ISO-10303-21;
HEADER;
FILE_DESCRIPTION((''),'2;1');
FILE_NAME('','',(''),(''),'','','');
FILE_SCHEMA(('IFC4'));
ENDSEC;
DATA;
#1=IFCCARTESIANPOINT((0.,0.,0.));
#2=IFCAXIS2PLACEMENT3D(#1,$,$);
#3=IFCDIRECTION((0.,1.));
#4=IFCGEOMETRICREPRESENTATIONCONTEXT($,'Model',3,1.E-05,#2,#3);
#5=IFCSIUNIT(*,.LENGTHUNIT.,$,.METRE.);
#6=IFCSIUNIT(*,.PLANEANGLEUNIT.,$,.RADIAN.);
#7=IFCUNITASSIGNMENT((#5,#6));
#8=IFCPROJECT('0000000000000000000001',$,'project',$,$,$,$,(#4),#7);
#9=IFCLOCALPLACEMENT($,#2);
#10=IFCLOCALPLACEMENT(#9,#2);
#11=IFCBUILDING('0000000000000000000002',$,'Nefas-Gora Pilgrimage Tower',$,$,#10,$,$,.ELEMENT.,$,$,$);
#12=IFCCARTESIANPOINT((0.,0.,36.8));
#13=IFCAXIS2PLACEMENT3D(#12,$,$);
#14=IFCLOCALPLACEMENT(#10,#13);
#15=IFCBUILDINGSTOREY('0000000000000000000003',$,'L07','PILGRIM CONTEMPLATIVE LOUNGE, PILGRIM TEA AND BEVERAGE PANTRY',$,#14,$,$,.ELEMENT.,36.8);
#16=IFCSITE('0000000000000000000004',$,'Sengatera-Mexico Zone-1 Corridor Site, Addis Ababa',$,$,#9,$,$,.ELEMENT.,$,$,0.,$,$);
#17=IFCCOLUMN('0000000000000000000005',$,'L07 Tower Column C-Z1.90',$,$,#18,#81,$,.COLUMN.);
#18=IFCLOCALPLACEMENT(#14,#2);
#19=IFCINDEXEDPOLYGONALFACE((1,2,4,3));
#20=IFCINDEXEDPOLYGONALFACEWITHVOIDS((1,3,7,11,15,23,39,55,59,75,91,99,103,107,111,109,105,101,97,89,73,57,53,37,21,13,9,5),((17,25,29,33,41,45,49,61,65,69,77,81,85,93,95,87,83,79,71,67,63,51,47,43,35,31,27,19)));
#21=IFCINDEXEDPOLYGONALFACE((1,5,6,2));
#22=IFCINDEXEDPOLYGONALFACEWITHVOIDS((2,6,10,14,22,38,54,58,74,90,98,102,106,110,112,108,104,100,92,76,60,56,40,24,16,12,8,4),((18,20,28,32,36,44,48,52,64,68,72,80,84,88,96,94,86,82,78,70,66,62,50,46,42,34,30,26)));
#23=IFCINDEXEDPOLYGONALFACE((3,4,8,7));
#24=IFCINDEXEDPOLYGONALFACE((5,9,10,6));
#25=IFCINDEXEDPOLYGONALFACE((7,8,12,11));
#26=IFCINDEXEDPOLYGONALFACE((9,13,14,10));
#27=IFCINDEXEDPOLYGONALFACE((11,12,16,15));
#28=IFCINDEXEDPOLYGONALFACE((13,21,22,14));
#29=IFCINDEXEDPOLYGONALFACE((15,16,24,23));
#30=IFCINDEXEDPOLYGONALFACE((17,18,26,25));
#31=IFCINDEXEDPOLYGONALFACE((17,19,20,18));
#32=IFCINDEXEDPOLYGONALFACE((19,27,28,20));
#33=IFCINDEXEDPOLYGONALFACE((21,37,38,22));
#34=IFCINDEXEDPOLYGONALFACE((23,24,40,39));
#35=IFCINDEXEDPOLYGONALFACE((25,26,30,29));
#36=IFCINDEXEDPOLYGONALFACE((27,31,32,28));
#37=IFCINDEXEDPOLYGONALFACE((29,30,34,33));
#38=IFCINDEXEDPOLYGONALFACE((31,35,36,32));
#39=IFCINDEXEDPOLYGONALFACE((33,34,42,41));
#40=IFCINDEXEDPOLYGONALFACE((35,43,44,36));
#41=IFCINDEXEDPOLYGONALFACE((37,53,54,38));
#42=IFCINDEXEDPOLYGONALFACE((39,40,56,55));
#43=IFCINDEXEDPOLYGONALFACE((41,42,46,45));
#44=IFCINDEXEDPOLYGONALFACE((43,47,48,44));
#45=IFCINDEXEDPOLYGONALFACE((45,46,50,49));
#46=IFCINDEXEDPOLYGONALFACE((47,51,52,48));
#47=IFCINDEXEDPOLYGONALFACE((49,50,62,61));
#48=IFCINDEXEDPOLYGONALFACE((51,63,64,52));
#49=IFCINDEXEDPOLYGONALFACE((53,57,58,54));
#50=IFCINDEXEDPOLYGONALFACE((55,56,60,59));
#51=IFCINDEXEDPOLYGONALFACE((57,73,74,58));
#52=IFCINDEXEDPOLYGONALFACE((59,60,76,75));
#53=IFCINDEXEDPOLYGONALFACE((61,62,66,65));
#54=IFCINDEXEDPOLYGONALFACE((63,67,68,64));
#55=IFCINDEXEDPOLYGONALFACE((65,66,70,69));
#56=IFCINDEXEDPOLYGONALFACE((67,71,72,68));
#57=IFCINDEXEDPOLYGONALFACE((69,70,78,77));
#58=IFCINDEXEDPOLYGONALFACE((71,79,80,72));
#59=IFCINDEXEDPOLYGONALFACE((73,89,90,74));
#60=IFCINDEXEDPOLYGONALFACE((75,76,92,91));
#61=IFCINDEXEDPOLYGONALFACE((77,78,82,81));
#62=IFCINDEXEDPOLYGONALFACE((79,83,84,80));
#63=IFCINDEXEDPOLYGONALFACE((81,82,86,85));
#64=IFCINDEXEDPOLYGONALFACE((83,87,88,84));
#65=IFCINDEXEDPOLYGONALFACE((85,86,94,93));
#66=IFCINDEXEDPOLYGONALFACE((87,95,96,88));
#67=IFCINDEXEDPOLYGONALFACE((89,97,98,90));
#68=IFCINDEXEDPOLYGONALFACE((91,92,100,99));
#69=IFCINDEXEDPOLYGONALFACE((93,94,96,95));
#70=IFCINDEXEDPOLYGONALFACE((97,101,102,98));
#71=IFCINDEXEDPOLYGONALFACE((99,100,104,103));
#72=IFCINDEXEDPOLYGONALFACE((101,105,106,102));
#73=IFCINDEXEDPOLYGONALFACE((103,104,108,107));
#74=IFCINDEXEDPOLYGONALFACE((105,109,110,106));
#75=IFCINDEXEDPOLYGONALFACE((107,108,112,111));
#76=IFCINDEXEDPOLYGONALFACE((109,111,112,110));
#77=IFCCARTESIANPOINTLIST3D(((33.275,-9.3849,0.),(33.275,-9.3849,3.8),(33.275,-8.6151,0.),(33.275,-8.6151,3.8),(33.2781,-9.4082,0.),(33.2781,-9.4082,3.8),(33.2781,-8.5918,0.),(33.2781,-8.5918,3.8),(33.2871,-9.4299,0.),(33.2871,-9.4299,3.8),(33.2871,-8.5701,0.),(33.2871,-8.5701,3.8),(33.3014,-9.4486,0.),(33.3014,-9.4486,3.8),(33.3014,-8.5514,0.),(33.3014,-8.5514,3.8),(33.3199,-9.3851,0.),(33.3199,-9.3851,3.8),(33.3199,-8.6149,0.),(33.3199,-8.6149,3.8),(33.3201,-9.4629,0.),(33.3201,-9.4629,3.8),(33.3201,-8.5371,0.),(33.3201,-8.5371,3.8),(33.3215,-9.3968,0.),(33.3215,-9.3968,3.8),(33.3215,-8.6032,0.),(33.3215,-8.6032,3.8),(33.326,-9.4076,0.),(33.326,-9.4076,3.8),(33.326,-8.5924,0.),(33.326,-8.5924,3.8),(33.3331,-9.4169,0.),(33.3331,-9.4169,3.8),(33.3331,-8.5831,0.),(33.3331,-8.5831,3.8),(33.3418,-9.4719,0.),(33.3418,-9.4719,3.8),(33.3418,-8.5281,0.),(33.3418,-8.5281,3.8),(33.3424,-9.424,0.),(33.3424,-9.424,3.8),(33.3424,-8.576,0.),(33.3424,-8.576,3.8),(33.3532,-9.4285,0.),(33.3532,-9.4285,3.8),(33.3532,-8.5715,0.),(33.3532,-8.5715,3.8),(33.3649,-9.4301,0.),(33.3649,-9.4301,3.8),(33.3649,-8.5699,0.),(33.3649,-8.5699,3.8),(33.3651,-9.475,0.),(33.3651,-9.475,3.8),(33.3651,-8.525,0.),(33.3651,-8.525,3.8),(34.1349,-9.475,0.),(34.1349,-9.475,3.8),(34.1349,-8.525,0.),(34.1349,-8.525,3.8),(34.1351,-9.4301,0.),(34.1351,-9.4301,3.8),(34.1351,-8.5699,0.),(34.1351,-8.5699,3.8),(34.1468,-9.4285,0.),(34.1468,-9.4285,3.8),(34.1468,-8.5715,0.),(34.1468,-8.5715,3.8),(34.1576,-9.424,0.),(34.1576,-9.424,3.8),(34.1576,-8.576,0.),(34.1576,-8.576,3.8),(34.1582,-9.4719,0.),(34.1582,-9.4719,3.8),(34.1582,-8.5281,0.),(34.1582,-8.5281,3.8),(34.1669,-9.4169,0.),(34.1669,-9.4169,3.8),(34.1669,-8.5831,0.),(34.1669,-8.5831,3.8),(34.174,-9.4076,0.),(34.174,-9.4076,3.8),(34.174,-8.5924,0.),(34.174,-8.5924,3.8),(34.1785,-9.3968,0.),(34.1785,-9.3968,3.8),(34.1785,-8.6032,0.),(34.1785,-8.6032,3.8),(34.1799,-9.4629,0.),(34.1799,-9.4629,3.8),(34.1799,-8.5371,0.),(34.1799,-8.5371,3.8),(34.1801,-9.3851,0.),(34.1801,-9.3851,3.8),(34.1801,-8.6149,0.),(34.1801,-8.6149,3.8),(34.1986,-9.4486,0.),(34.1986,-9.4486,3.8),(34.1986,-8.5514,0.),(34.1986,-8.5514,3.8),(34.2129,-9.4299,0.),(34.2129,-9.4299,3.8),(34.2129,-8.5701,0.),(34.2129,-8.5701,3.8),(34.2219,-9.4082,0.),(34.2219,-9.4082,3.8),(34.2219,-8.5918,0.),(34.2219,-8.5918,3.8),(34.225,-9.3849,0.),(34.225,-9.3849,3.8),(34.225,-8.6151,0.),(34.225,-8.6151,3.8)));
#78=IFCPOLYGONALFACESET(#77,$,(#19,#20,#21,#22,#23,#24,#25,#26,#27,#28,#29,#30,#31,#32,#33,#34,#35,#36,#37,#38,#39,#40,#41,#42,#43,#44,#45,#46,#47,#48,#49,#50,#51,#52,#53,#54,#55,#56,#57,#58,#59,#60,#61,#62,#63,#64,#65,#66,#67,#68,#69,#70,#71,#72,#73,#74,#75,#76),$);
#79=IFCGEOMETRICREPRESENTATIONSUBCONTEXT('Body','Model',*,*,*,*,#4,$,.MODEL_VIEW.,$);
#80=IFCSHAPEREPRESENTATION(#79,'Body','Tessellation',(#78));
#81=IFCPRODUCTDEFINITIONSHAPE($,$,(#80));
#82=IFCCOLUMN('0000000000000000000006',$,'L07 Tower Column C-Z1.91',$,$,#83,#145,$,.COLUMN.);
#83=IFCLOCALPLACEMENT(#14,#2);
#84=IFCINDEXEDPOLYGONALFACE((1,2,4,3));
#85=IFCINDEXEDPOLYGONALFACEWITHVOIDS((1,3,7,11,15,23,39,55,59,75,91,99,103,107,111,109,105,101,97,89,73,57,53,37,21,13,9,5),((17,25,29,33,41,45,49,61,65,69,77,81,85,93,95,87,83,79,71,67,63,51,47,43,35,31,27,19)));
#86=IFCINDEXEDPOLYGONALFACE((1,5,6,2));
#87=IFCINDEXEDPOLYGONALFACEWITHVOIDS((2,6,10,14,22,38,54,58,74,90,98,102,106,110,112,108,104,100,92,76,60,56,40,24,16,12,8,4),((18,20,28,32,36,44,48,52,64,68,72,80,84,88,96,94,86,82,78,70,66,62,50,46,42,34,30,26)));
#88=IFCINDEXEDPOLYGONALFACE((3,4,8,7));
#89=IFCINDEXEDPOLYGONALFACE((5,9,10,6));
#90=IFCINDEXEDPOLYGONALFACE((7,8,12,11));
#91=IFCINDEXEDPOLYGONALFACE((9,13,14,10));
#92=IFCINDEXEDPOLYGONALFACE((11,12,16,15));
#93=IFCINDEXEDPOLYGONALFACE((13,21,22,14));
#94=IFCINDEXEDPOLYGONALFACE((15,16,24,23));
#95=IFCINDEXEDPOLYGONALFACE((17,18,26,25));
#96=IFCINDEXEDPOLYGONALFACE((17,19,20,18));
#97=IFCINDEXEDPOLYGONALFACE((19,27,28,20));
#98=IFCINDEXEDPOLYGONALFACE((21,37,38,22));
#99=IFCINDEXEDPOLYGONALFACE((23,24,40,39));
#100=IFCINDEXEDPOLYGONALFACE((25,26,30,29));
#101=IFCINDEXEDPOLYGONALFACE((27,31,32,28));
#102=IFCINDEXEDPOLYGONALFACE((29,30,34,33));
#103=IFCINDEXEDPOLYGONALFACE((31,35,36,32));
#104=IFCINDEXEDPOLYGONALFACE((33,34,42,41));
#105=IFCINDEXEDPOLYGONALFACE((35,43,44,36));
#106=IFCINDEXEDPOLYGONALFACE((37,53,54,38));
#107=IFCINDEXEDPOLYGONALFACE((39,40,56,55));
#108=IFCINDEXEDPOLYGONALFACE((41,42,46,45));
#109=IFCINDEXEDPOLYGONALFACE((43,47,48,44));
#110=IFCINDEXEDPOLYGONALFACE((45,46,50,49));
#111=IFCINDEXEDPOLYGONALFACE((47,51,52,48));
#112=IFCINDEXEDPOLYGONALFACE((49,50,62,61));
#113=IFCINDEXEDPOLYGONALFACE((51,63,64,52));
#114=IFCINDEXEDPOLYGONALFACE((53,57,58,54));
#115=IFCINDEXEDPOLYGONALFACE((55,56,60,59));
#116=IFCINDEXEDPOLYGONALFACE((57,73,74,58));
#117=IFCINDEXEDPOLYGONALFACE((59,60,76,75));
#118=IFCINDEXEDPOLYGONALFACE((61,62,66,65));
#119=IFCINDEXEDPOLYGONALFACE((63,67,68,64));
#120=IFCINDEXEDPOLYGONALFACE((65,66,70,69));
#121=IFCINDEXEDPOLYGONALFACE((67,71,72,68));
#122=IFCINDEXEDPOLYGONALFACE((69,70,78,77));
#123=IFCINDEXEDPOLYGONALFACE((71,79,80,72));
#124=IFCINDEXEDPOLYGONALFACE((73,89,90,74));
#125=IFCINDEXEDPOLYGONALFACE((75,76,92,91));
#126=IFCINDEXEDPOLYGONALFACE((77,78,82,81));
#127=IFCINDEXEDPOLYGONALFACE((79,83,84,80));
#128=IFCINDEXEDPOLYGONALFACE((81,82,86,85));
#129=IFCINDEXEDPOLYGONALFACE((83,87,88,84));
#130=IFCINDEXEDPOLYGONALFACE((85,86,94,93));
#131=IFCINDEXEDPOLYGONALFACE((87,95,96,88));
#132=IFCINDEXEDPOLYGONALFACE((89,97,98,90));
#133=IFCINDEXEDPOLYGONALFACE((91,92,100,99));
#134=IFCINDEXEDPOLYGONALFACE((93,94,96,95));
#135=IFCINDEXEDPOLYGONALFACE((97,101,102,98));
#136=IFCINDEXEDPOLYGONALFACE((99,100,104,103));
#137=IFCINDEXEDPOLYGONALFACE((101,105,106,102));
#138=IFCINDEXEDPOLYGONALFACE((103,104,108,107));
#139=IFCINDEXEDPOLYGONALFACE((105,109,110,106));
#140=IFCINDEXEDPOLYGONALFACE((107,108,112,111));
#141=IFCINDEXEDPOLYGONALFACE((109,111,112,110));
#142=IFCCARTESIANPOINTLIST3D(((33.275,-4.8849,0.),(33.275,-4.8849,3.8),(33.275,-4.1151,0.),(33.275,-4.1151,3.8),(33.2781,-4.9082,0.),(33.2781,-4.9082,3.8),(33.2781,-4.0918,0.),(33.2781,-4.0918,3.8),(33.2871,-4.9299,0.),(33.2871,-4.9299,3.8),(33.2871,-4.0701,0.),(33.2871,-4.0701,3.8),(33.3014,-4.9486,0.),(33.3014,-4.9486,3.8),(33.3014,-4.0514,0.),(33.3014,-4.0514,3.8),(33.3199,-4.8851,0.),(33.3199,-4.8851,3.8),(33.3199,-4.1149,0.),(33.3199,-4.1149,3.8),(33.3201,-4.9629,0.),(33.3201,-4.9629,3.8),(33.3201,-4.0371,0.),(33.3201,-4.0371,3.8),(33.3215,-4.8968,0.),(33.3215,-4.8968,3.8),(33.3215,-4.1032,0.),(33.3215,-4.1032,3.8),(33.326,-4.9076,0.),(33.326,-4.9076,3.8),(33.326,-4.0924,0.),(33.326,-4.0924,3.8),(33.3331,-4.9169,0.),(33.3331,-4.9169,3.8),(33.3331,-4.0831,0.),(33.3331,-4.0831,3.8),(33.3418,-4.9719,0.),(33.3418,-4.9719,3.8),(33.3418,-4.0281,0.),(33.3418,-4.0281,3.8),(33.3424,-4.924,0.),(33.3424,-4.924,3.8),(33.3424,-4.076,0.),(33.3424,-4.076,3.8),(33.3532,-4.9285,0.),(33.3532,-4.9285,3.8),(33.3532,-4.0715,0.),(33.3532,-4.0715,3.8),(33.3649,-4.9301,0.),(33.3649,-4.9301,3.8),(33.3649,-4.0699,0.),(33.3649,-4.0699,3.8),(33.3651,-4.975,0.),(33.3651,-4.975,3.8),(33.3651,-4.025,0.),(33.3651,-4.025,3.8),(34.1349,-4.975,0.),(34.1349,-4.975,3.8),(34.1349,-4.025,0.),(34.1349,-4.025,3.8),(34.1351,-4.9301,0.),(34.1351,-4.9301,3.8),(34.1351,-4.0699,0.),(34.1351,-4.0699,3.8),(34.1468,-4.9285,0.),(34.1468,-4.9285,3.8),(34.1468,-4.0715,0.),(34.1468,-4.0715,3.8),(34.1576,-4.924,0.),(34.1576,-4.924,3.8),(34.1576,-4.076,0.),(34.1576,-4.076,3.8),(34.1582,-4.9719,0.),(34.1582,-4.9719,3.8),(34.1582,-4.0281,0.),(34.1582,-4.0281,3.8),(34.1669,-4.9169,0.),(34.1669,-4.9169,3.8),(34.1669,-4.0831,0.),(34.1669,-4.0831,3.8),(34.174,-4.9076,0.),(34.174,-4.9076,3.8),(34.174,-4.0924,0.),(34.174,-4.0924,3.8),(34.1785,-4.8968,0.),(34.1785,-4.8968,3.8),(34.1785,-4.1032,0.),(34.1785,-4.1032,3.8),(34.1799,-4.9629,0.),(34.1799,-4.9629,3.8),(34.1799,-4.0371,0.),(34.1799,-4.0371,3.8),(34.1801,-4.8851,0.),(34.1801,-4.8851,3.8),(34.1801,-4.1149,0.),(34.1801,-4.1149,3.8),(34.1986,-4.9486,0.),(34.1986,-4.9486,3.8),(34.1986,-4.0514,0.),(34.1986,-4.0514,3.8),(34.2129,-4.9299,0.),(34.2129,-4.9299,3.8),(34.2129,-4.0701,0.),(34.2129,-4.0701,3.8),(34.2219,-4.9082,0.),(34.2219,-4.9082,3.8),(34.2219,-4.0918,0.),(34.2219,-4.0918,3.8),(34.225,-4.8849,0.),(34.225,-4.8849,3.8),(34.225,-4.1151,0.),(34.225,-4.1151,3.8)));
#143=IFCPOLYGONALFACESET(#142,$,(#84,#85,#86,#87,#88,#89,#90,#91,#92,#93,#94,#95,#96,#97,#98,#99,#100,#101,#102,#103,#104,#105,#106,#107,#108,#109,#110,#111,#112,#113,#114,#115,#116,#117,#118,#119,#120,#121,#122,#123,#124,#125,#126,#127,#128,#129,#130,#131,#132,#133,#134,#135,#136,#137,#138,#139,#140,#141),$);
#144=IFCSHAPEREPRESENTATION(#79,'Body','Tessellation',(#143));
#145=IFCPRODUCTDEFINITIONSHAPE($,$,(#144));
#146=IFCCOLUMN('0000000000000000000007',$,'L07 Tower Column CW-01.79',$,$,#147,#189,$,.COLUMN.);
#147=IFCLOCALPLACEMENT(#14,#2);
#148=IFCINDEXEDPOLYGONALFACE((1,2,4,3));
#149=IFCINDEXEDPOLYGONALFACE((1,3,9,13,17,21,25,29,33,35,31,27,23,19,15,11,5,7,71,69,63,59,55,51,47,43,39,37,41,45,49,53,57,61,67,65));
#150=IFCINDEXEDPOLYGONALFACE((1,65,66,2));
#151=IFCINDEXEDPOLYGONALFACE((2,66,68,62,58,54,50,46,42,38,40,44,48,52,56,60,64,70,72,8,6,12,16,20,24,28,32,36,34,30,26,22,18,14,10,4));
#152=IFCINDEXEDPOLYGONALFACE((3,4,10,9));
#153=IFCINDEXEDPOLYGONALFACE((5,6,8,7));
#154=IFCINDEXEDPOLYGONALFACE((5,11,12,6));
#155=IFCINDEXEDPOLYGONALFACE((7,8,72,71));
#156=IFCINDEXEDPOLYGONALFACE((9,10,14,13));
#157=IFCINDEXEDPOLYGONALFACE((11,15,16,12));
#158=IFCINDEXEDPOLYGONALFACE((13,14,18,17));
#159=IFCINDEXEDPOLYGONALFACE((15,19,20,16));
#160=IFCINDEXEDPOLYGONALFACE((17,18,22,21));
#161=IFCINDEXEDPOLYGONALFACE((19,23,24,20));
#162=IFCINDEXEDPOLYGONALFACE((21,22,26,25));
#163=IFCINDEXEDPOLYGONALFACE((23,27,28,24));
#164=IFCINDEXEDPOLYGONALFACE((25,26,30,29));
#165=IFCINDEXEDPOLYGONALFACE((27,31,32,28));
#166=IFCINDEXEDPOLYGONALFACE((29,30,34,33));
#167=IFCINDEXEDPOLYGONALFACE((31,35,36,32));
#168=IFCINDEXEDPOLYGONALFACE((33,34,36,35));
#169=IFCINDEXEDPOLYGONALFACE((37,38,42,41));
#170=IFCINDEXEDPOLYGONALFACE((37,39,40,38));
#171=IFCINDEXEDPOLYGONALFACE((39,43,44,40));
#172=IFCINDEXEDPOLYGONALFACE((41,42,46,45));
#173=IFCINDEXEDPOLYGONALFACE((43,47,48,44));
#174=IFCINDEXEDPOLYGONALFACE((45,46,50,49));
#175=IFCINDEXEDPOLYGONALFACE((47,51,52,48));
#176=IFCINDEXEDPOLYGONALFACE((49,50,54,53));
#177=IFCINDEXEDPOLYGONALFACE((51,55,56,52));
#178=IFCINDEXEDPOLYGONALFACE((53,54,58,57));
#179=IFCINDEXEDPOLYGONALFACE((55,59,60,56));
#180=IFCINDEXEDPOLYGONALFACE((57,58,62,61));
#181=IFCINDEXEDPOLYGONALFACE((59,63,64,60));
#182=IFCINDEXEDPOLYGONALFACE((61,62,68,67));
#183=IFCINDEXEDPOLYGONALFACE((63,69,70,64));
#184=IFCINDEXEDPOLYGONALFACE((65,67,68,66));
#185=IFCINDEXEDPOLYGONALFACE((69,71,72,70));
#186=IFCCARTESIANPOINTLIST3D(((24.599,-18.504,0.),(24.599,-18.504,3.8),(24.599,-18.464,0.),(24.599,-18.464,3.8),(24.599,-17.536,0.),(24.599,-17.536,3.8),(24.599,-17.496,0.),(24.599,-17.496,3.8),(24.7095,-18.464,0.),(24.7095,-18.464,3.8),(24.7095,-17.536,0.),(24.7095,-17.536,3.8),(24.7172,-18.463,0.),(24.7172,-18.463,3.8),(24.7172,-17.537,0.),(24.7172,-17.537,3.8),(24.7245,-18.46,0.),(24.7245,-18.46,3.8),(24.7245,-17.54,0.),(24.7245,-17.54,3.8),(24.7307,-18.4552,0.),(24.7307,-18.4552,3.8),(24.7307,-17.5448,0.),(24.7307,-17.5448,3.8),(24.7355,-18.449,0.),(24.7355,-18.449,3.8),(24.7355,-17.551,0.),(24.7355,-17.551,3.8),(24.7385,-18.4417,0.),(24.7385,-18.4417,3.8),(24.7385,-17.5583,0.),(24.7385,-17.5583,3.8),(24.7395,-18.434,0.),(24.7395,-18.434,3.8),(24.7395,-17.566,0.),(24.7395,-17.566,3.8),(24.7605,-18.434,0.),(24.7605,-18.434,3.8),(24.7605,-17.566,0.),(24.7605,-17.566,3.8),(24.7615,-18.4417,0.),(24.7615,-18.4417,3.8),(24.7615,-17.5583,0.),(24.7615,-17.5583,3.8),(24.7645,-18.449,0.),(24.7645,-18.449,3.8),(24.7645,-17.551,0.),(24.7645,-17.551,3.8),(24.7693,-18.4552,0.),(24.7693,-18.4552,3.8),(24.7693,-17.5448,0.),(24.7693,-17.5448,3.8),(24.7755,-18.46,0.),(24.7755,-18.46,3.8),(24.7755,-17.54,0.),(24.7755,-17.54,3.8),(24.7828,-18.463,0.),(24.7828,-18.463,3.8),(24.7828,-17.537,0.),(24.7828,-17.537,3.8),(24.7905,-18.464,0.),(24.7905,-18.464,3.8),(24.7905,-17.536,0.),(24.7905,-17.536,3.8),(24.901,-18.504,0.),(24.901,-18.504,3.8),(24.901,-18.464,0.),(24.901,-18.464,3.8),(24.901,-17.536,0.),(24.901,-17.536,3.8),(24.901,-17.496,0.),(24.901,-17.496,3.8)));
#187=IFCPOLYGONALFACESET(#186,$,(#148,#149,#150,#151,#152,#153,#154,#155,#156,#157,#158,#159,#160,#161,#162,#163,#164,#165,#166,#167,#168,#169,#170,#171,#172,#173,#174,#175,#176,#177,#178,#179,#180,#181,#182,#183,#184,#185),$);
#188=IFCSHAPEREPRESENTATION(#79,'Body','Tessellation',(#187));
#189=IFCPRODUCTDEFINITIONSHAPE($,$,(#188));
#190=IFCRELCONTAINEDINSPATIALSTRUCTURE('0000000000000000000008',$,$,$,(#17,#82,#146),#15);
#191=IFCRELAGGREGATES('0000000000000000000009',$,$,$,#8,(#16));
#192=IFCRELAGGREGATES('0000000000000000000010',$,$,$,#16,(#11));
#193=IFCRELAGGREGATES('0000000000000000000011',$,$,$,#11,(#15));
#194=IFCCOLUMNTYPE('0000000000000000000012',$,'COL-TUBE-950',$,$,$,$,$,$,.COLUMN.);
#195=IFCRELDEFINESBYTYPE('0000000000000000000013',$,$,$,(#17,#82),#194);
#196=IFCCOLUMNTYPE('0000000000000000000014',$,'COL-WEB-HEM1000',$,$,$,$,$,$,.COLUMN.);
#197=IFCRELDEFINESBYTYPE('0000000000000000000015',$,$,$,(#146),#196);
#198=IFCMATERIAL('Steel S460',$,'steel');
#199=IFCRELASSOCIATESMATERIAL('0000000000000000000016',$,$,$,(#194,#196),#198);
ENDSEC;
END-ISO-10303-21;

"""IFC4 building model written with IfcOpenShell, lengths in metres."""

from ifc_helpers import new_model, si_unit, direction, frame, origin, origin_2d, place, context, subcontext, project, spatial, hollow_rectangle, i_section, extrude, source, transform, mapped, material, material_profile, profile_set, type_object, element, save


model = new_model("IFC4")

# Units and contexts
model_context = context("Model", 3, precision=1e-05, world=origin(), true_north=direction((0.0, 1.0)))
body_context = subcontext(model_context, "Body", "Model", "MODEL_VIEW")
ifc_project = project(units=[si_unit("LENGTHUNIT", "METRE"), si_unit("PLANEANGLEUNIT", "RADIAN")], contexts=[model_context])

# Site, building, storey
site_placement = place(None, origin())
site = spatial("IfcSite", under=ifc_project, at=site_placement, Name="Sengatera-Mexico Zone-1 Corridor Site, Addis Ababa", CompositionType="ELEMENT", RefElevation=0.0)
building_placement = place(site_placement, origin())
building = spatial("IfcBuilding", under=site, at=building_placement, Name="Nefas-Gora Pilgrimage Tower", CompositionType="ELEMENT")
storey_placement = place(building_placement, frame((0.0, 0.0, 36.8)))
storey = spatial("IfcBuildingStorey", under=building, at=storey_placement, Name="L07", Description="PILGRIM CONTEMPLATIVE LOUNGE, PILGRIM TEA AND BEVERAGE PANTRY", CompositionType="ELEMENT", Elevation=36.8)

# Columns
ifc_material_1 = material(Name="Steel S460", Category="steel")
ifc_material_profile_1 = material_profile(ifc_material_1, hollow_rectangle(XDim=0.95, YDim=0.95, WallThickness=0.0449, InnerFilletRadius=0.0449, OuterFilletRadius=0.0901, at=origin_2d()), Name="BOX 950x950x45")
ifc_profile_set_1 = profile_set([ifc_material_profile_1], Name="Steel S460")
column_type_1 = type_object("IfcColumnType", Name="COL-TUBE-950", PredefinedType="COLUMN", material=ifc_profile_set_1)
shared_shape_1 = source(origin(), body_context, "Body", "SweptSolid", [
    extrude(hollow_rectangle(XDim=0.95, YDim=0.95, WallThickness=0.0449, InnerFilletRadius=0.0449, OuterFilletRadius=0.0901, at=origin_2d()), origin(), (0.0, 0.0, 1.0), 3.8),
])
for number, where, z_axis, x_axis, name in (
    (1, (33.75, -9.0, 0.0), (0.0, 0.0, 1.0), (1.0, 0.0, 0.0), "L07 Tower Column C-Z1.90"),
    (2, (33.75, -4.5, 0.0), (0.0, 0.0, 1.0), (1.0, 0.0, 0.0), "L07 Tower Column C-Z1.91"),
):
    element("IfcColumn", number, at=place(storey_placement, frame(where, z_axis=z_axis, x_axis=x_axis)), inside=storey, type_object=column_type_1, Name=name, PredefinedType="COLUMN", context=body_context, shape_type="MappedRepresentation", body=[
        mapped(shared_shape_1, transform((0.0, 0.0, 0.0), x_axis=(1.0, 0.0, 0.0), y_axis=(0.0, 1.0, 0.0), z_axis=(0.0, 0.0, 1.0), scale=1.0)),
    ])
ifc_material_profile_2 = material_profile(ifc_material_1, i_section(OverallWidth=0.302, OverallDepth=1.0081, WebThickness=0.021, FlangeThickness=0.04, FilletRadius=0.03, at=origin_2d()), Name="HEM 1000")
ifc_profile_set_2 = profile_set([ifc_material_profile_2], Name="Steel S460")
column_type_2 = type_object("IfcColumnType", Name="COL-WEB-HEM1000", PredefinedType="COLUMN", material=ifc_profile_set_2)
shared_shape_2 = source(origin(), body_context, "Body", "SweptSolid", [
    extrude(i_section(OverallWidth=0.302, OverallDepth=1.0081, WebThickness=0.021, FlangeThickness=0.04, FilletRadius=0.03, at=origin_2d()), origin(), (0.0, 0.0, 1.0), 3.8),
])
for number, where, z_axis, x_axis, name in (
    (3, (24.75, -18.0, 0.0), (0.0, 0.0, 1.0), (1.0, 0.0, 0.0), "L07 Tower Column CW-01.79"),
):
    element("IfcColumn", number, at=place(storey_placement, frame(where, z_axis=z_axis, x_axis=x_axis)), inside=storey, type_object=column_type_2, Name=name, PredefinedType="COLUMN", context=body_context, shape_type="MappedRepresentation", body=[
        mapped(shared_shape_2, transform((0.0, 0.0, 0.0), x_axis=(1.0, 0.0, 0.0), y_axis=(0.0, 1.0, 0.0), z_axis=(0.0, 0.0, 1.0), scale=1.0)),
    ])

save(model, "model.ifc")
